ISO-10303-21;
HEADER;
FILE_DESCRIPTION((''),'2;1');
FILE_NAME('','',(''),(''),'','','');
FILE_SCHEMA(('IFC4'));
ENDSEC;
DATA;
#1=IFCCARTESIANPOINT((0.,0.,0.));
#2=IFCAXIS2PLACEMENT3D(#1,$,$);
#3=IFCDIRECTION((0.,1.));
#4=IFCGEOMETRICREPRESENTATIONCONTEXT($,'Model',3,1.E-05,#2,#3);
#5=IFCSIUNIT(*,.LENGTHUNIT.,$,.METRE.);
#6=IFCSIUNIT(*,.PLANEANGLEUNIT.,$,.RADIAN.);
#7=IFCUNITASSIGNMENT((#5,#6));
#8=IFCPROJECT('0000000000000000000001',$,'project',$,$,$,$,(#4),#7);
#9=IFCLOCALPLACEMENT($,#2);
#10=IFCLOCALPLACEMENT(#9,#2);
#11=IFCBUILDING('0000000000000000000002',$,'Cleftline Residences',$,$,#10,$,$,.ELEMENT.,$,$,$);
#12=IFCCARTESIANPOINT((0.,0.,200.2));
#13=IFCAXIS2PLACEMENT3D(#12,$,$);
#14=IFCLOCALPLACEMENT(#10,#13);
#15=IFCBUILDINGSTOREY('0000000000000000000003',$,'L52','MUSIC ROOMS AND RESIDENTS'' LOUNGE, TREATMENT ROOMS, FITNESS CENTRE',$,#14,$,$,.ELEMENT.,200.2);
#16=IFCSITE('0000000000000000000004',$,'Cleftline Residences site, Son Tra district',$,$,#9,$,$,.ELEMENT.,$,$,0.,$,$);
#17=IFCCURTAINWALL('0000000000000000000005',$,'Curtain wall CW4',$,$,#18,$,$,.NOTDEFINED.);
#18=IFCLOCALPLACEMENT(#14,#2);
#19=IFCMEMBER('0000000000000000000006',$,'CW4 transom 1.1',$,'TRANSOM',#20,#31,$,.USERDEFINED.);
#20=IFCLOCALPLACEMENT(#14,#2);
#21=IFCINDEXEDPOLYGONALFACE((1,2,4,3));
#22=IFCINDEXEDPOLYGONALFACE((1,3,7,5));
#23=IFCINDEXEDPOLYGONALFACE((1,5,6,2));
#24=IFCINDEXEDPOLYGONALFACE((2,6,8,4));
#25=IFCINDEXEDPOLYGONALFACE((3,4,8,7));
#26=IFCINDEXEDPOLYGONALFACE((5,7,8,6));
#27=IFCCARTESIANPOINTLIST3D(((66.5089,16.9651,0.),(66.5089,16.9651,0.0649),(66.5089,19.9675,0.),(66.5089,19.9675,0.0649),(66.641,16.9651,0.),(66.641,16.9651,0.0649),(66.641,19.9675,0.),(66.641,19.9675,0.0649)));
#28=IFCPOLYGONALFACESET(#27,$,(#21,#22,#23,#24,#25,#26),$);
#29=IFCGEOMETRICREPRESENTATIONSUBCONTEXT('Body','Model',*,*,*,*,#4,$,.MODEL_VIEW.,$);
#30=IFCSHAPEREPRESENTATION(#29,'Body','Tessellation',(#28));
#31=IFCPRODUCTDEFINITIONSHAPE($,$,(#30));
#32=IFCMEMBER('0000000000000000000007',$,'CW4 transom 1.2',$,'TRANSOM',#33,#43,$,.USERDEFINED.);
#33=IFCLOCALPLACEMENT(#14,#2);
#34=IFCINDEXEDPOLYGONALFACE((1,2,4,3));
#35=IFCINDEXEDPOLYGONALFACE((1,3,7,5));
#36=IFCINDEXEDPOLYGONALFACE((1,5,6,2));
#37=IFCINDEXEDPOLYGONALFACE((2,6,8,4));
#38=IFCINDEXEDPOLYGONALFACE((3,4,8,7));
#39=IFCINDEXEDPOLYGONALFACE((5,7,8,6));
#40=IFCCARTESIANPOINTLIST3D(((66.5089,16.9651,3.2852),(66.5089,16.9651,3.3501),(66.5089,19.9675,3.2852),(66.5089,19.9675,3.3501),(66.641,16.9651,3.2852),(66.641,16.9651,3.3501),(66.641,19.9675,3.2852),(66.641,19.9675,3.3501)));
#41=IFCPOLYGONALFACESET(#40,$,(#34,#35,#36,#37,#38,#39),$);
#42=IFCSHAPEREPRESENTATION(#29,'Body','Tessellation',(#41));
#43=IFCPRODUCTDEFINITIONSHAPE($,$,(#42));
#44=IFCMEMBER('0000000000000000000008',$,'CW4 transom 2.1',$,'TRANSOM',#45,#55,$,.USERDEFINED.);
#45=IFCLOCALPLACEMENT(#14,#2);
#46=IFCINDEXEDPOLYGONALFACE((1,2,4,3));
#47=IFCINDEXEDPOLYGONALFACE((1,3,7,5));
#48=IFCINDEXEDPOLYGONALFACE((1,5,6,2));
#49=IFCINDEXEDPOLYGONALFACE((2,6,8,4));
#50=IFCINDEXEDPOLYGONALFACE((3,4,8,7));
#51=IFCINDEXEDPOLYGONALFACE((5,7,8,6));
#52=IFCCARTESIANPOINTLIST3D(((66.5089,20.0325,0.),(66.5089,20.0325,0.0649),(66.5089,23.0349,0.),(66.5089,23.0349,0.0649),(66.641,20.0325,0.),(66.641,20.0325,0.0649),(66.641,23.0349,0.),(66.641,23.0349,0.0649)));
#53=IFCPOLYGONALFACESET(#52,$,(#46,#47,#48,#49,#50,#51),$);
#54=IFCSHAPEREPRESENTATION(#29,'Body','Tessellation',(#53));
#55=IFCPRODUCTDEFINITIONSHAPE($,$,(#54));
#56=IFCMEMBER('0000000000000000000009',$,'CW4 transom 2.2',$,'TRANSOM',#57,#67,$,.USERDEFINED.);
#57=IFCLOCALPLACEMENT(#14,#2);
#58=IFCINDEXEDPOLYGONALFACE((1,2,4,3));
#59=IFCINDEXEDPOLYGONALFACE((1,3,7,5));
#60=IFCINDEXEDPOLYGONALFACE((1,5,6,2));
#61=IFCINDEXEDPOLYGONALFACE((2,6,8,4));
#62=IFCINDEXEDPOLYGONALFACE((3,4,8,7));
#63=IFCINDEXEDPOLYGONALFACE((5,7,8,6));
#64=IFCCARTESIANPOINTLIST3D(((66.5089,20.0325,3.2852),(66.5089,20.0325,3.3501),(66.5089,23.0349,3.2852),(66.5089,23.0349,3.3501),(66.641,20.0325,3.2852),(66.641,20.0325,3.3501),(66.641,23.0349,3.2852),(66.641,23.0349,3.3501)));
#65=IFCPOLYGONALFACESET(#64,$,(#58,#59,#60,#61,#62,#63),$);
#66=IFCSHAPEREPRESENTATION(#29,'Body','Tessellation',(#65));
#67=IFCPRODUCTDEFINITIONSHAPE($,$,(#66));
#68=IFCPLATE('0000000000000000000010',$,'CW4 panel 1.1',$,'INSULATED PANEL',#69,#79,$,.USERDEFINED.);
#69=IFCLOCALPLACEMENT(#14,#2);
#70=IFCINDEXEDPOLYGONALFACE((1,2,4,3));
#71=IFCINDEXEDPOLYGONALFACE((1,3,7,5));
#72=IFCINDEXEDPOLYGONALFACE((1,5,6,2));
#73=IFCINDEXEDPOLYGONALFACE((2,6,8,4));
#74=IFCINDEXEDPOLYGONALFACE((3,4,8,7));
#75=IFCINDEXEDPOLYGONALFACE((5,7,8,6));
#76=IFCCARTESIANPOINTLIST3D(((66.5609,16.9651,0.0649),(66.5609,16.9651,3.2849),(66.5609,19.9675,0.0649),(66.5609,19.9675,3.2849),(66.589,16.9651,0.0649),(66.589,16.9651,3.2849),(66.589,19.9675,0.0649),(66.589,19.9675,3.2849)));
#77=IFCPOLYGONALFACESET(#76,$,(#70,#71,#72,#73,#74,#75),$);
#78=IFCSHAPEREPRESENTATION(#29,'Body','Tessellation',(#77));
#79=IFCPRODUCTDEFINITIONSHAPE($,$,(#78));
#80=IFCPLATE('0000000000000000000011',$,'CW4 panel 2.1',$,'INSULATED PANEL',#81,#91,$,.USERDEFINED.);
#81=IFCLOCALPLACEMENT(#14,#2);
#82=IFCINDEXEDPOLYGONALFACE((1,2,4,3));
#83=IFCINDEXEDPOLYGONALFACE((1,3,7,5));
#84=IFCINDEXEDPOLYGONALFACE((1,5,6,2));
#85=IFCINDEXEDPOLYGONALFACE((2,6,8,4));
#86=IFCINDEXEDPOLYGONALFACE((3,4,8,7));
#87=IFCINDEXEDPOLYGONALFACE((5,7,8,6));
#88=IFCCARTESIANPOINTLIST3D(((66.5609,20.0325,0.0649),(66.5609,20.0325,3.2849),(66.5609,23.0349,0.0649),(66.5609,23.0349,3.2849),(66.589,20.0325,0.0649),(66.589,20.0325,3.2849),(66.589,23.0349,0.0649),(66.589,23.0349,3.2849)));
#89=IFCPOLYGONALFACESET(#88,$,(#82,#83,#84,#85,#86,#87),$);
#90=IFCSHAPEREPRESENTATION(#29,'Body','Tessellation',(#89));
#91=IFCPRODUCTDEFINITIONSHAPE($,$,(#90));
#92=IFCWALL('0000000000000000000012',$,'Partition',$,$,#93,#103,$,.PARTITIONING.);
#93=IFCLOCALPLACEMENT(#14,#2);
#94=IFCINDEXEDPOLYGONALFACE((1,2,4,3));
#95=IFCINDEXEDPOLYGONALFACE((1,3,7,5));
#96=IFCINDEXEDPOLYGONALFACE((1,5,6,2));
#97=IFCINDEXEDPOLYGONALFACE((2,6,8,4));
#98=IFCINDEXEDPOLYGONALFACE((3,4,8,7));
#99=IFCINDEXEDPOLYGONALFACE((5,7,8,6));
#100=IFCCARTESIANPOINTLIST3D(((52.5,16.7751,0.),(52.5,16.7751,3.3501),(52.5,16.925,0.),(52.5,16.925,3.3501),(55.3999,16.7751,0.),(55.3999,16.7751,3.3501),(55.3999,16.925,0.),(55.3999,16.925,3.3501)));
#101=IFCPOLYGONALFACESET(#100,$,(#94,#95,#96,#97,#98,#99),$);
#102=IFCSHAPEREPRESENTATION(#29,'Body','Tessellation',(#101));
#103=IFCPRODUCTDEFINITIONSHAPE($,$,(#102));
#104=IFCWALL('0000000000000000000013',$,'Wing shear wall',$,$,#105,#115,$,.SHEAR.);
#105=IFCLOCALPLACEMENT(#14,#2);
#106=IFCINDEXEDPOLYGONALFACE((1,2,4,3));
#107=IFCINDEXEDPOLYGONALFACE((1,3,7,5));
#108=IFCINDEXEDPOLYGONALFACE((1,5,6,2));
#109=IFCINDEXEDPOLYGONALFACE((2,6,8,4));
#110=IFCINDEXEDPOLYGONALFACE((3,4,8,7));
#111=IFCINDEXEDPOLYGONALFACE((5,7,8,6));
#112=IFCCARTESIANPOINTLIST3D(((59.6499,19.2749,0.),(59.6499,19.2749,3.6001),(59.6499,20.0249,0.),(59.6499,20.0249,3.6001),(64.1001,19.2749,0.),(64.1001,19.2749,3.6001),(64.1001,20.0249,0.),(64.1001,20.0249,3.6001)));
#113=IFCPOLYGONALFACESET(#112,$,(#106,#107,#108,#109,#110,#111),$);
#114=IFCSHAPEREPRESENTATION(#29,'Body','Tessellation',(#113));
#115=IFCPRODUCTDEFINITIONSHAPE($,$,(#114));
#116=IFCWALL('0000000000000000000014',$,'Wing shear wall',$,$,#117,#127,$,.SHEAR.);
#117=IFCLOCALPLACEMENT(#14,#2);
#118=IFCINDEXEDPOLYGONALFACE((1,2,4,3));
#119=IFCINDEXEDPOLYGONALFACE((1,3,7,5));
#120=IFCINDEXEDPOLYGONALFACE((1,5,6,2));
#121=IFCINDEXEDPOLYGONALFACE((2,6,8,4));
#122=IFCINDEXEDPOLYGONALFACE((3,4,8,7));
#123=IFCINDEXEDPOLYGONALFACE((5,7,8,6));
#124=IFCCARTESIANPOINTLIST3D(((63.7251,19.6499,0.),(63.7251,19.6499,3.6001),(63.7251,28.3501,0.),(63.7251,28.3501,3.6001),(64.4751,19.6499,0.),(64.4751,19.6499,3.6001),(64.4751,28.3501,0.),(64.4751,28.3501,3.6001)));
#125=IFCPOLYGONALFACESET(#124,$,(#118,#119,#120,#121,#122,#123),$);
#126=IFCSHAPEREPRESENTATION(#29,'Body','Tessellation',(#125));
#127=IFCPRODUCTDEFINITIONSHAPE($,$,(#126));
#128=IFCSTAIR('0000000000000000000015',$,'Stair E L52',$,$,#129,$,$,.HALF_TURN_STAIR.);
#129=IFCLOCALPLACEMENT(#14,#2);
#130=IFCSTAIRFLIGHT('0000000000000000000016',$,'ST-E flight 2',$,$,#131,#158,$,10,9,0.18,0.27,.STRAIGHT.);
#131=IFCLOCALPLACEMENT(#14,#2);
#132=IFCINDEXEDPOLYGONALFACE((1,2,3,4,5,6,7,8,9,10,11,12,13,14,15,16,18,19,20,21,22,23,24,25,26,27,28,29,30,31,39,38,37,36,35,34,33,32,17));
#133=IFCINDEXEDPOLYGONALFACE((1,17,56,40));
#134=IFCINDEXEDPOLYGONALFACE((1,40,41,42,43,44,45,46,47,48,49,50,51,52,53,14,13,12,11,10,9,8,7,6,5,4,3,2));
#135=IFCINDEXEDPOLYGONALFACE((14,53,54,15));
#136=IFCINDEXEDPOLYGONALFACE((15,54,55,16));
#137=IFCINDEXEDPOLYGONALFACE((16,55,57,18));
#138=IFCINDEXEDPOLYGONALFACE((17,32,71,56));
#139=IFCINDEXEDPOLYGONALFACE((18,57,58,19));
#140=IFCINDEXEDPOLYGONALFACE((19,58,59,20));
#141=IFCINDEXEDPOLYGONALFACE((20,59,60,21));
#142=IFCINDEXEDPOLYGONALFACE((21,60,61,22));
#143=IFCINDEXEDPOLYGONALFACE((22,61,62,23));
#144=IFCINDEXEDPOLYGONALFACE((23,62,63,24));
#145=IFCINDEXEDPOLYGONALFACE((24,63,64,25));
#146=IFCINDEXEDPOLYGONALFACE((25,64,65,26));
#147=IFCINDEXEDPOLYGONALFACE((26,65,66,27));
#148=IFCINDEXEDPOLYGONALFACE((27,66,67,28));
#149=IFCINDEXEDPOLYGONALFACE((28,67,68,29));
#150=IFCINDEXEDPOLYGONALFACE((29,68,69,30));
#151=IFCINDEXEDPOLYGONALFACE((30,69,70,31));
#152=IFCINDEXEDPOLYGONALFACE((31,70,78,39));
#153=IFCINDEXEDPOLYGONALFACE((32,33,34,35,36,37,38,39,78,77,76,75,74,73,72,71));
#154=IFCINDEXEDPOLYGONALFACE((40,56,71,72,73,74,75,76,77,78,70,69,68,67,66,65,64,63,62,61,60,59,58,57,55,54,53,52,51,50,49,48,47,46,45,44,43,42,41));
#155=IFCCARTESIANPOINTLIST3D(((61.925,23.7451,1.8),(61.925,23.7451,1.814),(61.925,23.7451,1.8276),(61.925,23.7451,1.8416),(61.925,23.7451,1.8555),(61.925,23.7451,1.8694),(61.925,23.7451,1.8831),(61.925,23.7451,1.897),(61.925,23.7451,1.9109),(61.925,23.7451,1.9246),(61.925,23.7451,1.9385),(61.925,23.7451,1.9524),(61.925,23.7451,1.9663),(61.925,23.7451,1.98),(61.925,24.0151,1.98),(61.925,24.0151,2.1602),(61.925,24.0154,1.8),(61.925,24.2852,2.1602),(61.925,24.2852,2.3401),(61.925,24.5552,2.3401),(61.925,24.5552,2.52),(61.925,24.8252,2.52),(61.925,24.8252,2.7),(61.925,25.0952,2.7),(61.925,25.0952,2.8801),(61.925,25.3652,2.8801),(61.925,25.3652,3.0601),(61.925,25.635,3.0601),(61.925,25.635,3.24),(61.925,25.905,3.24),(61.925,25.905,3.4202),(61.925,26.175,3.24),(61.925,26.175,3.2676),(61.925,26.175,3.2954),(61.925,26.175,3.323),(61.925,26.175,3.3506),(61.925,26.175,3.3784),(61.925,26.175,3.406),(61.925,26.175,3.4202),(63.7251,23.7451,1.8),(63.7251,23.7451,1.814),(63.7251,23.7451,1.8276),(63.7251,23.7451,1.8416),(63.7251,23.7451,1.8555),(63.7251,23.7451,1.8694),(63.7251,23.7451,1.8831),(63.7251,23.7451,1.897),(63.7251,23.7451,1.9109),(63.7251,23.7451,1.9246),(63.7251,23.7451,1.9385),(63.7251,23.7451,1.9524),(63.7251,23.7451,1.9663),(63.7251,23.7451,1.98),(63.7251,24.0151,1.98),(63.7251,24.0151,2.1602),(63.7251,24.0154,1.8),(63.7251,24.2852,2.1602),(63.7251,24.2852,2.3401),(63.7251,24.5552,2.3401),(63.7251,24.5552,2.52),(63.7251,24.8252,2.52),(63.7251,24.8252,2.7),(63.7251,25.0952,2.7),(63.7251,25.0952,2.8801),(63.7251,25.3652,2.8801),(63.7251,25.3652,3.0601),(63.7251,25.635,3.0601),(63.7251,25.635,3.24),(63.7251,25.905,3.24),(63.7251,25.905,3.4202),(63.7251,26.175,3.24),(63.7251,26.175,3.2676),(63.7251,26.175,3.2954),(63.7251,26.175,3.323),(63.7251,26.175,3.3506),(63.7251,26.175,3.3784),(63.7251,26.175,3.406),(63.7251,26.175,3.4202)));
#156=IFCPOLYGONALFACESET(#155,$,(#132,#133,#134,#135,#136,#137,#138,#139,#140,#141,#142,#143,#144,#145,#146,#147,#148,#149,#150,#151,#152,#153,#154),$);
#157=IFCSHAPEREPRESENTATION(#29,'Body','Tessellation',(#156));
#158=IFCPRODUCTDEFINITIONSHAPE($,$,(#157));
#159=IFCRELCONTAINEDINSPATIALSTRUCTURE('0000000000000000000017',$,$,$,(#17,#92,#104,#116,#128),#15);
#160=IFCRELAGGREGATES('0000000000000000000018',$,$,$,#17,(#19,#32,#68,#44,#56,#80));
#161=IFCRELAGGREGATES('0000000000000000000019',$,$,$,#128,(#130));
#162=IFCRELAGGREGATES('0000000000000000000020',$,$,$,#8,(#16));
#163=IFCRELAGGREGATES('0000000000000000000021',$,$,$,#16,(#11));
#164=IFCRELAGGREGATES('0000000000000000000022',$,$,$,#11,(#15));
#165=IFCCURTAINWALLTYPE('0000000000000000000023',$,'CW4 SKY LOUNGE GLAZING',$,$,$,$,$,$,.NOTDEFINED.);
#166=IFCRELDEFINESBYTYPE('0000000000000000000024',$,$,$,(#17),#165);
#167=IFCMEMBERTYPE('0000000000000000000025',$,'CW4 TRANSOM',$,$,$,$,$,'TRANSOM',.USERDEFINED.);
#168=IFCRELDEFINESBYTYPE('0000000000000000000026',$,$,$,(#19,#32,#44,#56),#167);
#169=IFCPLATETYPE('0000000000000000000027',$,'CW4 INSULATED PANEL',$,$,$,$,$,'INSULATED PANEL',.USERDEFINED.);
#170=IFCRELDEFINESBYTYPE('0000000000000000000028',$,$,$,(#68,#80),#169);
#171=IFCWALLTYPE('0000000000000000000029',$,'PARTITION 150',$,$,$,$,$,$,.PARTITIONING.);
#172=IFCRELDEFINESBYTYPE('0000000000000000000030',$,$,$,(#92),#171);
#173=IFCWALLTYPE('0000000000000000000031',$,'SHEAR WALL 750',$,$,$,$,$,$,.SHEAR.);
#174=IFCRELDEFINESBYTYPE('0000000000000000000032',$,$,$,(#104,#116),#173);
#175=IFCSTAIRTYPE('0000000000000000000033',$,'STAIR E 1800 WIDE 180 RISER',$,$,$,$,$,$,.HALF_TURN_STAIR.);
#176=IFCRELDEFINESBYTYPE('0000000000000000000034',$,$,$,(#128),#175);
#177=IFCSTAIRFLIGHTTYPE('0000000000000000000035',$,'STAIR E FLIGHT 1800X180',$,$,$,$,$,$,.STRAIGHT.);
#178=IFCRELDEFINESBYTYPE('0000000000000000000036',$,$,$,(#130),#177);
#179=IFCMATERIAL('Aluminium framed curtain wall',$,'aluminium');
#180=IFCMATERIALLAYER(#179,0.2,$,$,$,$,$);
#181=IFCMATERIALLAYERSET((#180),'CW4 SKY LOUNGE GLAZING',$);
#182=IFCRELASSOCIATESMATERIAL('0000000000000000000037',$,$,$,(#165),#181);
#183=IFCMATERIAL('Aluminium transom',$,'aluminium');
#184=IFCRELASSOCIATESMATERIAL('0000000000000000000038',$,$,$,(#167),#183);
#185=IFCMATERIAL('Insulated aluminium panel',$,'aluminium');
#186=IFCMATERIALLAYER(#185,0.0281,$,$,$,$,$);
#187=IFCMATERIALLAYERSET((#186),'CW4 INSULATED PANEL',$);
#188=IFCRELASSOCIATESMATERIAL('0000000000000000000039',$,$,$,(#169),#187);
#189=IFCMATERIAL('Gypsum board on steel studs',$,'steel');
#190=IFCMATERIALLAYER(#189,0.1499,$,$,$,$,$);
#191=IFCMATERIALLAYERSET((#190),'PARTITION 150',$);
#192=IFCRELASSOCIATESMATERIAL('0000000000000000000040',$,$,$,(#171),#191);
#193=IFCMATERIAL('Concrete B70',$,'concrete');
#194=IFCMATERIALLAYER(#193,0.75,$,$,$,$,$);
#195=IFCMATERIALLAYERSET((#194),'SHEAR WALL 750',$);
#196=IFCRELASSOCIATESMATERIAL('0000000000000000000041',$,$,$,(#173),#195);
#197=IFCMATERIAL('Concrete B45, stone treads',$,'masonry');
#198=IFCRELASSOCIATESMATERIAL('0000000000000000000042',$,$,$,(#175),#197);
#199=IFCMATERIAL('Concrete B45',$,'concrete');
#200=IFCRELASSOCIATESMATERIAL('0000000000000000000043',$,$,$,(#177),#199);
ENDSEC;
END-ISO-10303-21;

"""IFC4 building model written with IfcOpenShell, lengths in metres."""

from ifc_helpers import new_model, si_unit, direction, frame, frame_2d, origin, origin_2d, place, context, subcontext, project, spatial, polyline, rectangle, outline, extrude, material, layer, layer_set, material_profile, profile_set, type_object, element, aggregate, save


model = new_model("IFC4")

# Units and contexts
model_context = context("Model", 3, precision=1e-05, world=origin(), true_north=direction((0.0, 1.0)))
body_context = subcontext(model_context, "Body", "Model", "MODEL_VIEW")
ifc_project = project(units=[si_unit("LENGTHUNIT", "METRE"), si_unit("PLANEANGLEUNIT", "RADIAN")], contexts=[model_context])

# Site, building, storey
site_placement = place(None, origin())
site = spatial("IfcSite", under=ifc_project, at=site_placement, Name="Cleftline Residences site, Son Tra district", CompositionType="ELEMENT", RefElevation=0.0)
building_placement = place(site_placement, origin())
building = spatial("IfcBuilding", under=site, at=building_placement, Name="Cleftline Residences", CompositionType="ELEMENT")
storey_placement = place(building_placement, frame((0.0, 0.0, 200.2)))
storey = spatial("IfcBuildingStorey", under=building, at=storey_placement, Name="L52", Description="MUSIC ROOMS AND RESIDENTS' LOUNGE, TREATMENT ROOMS, FITNESS CENTRE", CompositionType="ELEMENT", Elevation=200.2)

# Shared definitions
ifc_material_1 = material(Name="Aluminium framed curtain wall", Category="aluminium")
ifc_layer_1 = layer(ifc_material_1, 0.2)
ifc_layer_set_1 = layer_set([ifc_layer_1], Name="CW4 SKY LOUNGE GLAZING")
curtain_wall_type = type_object("IfcCurtainWallType", Name="CW4 SKY LOUNGE GLAZING", PredefinedType="NOTDEFINED", material=ifc_layer_set_1)

# Curtain wall, members, plates
curtain_wall_1_placement = place(storey_placement, origin())
curtain_wall_1 = element("IfcCurtainWall", 1, at=curtain_wall_1_placement, inside=storey, type_object=curtain_wall_type, Name="Curtain wall CW4", PredefinedType="NOTDEFINED")
ifc_material_2 = material(Name="Aluminium transom", Category="aluminium")
ifc_material_profile_1 = material_profile(ifc_material_2, rectangle(XDim=0.1321, YDim=0.0649, at=origin_2d()))
ifc_profile_set_1 = profile_set([ifc_material_profile_1], Name="Aluminium transom")
member_type_1 = type_object("IfcMemberType", Name="CW4 TRANSOM", ElementType="TRANSOM", PredefinedType="USERDEFINED", material=ifc_profile_set_1)
member_1_placement = place(storey_placement, frame((66.575, 16.9651, 0.0325), z_axis=(0.0, 1.0, 0.0), x_axis=(-1.0, 0.0, 0.0)))
member_1 = element("IfcMember", 2, at=member_1_placement, type_object=member_type_1, Name="CW4 transom 1.1", ObjectType="TRANSOM", PredefinedType="USERDEFINED", context=body_context, shape_type="SweptSolid", body=[
    extrude(rectangle(XDim=0.1321, YDim=0.0649, at=origin_2d()), origin(), (0.0, 0.0, 1.0), 3.0024),
])
member_2_placement = place(storey_placement, frame((66.575, 16.9651, 3.3176), z_axis=(0.0, 1.0, 0.0), x_axis=(-1.0, 0.0, 0.0)))
member_2 = element("IfcMember", 3, at=member_2_placement, type_object=member_type_1, Name="CW4 transom 1.2", ObjectType="TRANSOM", PredefinedType="USERDEFINED", context=body_context, shape_type="SweptSolid", body=[
    extrude(rectangle(XDim=0.1321, YDim=0.0649, at=origin_2d()), origin(), (0.0, 0.0, 1.0), 3.0024),
])
member_3_placement = place(storey_placement, frame((66.575, 20.0325, 0.0325), z_axis=(0.0, 1.0, 0.0), x_axis=(-1.0, 0.0, 0.0)))
member_3 = element("IfcMember", 4, at=member_3_placement, type_object=member_type_1, Name="CW4 transom 2.1", ObjectType="TRANSOM", PredefinedType="USERDEFINED", context=body_context, shape_type="SweptSolid", body=[
    extrude(rectangle(XDim=0.1321, YDim=0.0649, at=origin_2d()), origin(), (0.0, 0.0, 1.0), 3.0024),
])
member_4_placement = place(storey_placement, frame((66.575, 20.0325, 3.3176), z_axis=(0.0, 1.0, 0.0), x_axis=(-1.0, 0.0, 0.0)))
member_4 = element("IfcMember", 5, at=member_4_placement, type_object=member_type_1, Name="CW4 transom 2.2", ObjectType="TRANSOM", PredefinedType="USERDEFINED", context=body_context, shape_type="SweptSolid", body=[
    extrude(rectangle(XDim=0.1321, YDim=0.0649, at=origin_2d()), origin(), (0.0, 0.0, 1.0), 3.0024),
])
ifc_material_3 = material(Name="Insulated aluminium panel", Category="aluminium")
ifc_layer_2 = layer(ifc_material_3, 0.0281)
ifc_layer_set_2 = layer_set([ifc_layer_2], Name="CW4 INSULATED PANEL")
plate_type = type_object("IfcPlateType", Name="CW4 INSULATED PANEL", ElementType="INSULATED PANEL", PredefinedType="USERDEFINED", material=ifc_layer_set_2)
plate_1_placement = place(storey_placement, frame((66.575, 18.4663, 0.0649), z_axis=(0.0, 0.0, 1.0), x_axis=(0.0, 1.0, 0.0)))
plate_1 = element("IfcPlate", 6, at=plate_1_placement, type_object=plate_type, Name="CW4 panel 1.1", ObjectType="INSULATED PANEL", PredefinedType="USERDEFINED", context=body_context, shape_type="SweptSolid", body=[
    extrude(rectangle(XDim=3.0024, YDim=0.0281, at=origin_2d()), origin(), (0.0, 0.0, 1.0), 3.22),
])
plate_2_placement = place(storey_placement, frame((66.575, 21.5337, 0.0649), z_axis=(0.0, 0.0, 1.0), x_axis=(0.0, 1.0, 0.0)))
plate_2 = element("IfcPlate", 7, at=plate_2_placement, type_object=plate_type, Name="CW4 panel 2.1", ObjectType="INSULATED PANEL", PredefinedType="USERDEFINED", context=body_context, shape_type="SweptSolid", body=[
    extrude(rectangle(XDim=3.0024, YDim=0.0281, at=origin_2d()), origin(), (0.0, 0.0, 1.0), 3.22),
])
aggregate(curtain_wall_1, [member_1, member_2, plate_1, member_3, member_4, plate_2])

# Walls
ifc_material_4 = material(Name="Gypsum board on steel studs", Category="steel")
ifc_layer_3 = layer(ifc_material_4, 0.1499)
ifc_layer_set_3 = layer_set([ifc_layer_3], Name="PARTITION 150")
wall_type_1 = type_object("IfcWallType", Name="PARTITION 150", PredefinedType="PARTITIONING", material=ifc_layer_set_3)
wall_1_placement = place(storey_placement, frame((52.5, 16.8501, 0.0), z_axis=(0.0, 0.0, 1.0), x_axis=(1.0, 0.0, 0.0)))
element("IfcWall", 8, at=wall_1_placement, inside=storey, type_object=wall_type_1, Name="Partition", PredefinedType="PARTITIONING", context=body_context, shape_type="SweptSolid", body=[
    extrude(rectangle(XDim=2.8999, YDim=0.1499, at=frame_2d((1.45, 0.0))), origin(), (0.0, 0.0, 1.0), 3.3501),
])
ifc_material_5 = material(Name="Concrete B70", Category="concrete")
ifc_layer_4 = layer(ifc_material_5, 0.75)
ifc_layer_set_4 = layer_set([ifc_layer_4], Name="SHEAR WALL 750")
wall_type_2 = type_object("IfcWallType", Name="SHEAR WALL 750", PredefinedType="SHEAR", material=ifc_layer_set_4)
wall_2_placement = place(storey_placement, frame((59.6499, 19.6499, 0.0), z_axis=(0.0, 0.0, 1.0), x_axis=(1.0, 0.0, 0.0)))
element("IfcWall", 9, at=wall_2_placement, inside=storey, type_object=wall_type_2, Name="Wing shear wall", PredefinedType="SHEAR", context=body_context, shape_type="SweptSolid", body=[
    extrude(rectangle(XDim=4.4502, YDim=0.75, at=frame_2d((2.2251, 0.0))), origin(), (0.0, 0.0, 1.0), 3.6001),
])
wall_3_placement = place(storey_placement, frame((64.1001, 19.6499, 0.0), z_axis=(0.0, 0.0, 1.0), x_axis=(0.0, 1.0, 0.0)))
element("IfcWall", 10, at=wall_3_placement, inside=storey, type_object=wall_type_2, Name="Wing shear wall", PredefinedType="SHEAR", context=body_context, shape_type="SweptSolid", body=[
    extrude(rectangle(XDim=8.7002, YDim=0.75, at=frame_2d((4.3501, 0.0))), origin(), (0.0, 0.0, 1.0), 3.6001),
])

# Stair, stair flight
ifc_material_6 = material(Name="Concrete B45, stone treads", Category="masonry")
stair_type = type_object("IfcStairType", Name="STAIR E 1800 WIDE 180 RISER", PredefinedType="HALF_TURN_STAIR", material=ifc_material_6)
stair_placement = place(storey_placement, origin())
stair = element("IfcStair", 11, at=stair_placement, inside=storey, type_object=stair_type, Name="Stair E L52", PredefinedType="HALF_TURN_STAIR")
ifc_material_7 = material(Name="Concrete B45", Category="concrete")
stair_flight_type = type_object("IfcStairFlightType", Name="STAIR E FLIGHT 1800X180", PredefinedType="STRAIGHT", material=ifc_material_7)
stair_flight_placement = place(storey_placement, frame((62.825, 23.7451, 1.8), z_axis=(0.0, 0.0, 1.0), x_axis=(0.0, 1.0, 0.0)))
stair_flight = element("IfcStairFlight", 12, at=stair_flight_placement, type_object=stair_flight_type, Name="ST-E flight 2", NumberOfRisers=10, NumberOfTreads=9, PredefinedType="STRAIGHT", RiserHeight=0.18, TreadLength=0.27, context=body_context, shape_type="SweptSolid", body=[
    extrude(outline(polyline([(0.0, 0.0), (0.0, 0.0139), (0.0, 0.0276), (0.0, 0.0415), (0.0, 0.0554), (0.0, 0.0693), (0.0, 0.083), (0.0, 0.0969), (0.0, 0.1108), (0.0, 0.1245), (0.0, 0.1384), (0.0, 0.1523), (0.0, 0.1663), (0.0, 0.1799), (0.27, 0.1799), (0.27, 0.3601), (0.54, 0.3601), (0.54, 0.54), (0.8101, 0.54), (0.8101, 0.72), (1.0801, 0.72), (1.0801, 0.8999), (1.3501, 0.8999), (1.3501, 1.0801), (1.6201, 1.0801), (1.6201, 1.26), (1.8899, 1.26), (1.8899, 1.4399), (2.1599, 1.4399), (2.1599, 1.6201), (2.4299, 1.6201), (2.4299, 1.8), (2.4299, 1.7722), (2.4299, 1.7446), (2.4299, 1.7168), (2.4299, 1.6892), (2.4299, 1.6614), (2.4299, 1.6338), (2.4299, 1.606), (2.4299, 1.5784), (2.4299, 1.5505), (2.4299, 1.5229), (2.4299, 1.4954), (2.4299, 1.4675), (2.4299, 1.4399), (0.2703, 0.0), (0.0, 0.0)])), frame((0.0, 0.8999, 0.0), z_axis=(0.0, -1.0, 0.0), x_axis=(1.0, 0.0, 0.0)), (0.0, 0.0, 1.0), 1.8),
])
aggregate(stair, [stair_flight])

save(model, "model.ifc")
